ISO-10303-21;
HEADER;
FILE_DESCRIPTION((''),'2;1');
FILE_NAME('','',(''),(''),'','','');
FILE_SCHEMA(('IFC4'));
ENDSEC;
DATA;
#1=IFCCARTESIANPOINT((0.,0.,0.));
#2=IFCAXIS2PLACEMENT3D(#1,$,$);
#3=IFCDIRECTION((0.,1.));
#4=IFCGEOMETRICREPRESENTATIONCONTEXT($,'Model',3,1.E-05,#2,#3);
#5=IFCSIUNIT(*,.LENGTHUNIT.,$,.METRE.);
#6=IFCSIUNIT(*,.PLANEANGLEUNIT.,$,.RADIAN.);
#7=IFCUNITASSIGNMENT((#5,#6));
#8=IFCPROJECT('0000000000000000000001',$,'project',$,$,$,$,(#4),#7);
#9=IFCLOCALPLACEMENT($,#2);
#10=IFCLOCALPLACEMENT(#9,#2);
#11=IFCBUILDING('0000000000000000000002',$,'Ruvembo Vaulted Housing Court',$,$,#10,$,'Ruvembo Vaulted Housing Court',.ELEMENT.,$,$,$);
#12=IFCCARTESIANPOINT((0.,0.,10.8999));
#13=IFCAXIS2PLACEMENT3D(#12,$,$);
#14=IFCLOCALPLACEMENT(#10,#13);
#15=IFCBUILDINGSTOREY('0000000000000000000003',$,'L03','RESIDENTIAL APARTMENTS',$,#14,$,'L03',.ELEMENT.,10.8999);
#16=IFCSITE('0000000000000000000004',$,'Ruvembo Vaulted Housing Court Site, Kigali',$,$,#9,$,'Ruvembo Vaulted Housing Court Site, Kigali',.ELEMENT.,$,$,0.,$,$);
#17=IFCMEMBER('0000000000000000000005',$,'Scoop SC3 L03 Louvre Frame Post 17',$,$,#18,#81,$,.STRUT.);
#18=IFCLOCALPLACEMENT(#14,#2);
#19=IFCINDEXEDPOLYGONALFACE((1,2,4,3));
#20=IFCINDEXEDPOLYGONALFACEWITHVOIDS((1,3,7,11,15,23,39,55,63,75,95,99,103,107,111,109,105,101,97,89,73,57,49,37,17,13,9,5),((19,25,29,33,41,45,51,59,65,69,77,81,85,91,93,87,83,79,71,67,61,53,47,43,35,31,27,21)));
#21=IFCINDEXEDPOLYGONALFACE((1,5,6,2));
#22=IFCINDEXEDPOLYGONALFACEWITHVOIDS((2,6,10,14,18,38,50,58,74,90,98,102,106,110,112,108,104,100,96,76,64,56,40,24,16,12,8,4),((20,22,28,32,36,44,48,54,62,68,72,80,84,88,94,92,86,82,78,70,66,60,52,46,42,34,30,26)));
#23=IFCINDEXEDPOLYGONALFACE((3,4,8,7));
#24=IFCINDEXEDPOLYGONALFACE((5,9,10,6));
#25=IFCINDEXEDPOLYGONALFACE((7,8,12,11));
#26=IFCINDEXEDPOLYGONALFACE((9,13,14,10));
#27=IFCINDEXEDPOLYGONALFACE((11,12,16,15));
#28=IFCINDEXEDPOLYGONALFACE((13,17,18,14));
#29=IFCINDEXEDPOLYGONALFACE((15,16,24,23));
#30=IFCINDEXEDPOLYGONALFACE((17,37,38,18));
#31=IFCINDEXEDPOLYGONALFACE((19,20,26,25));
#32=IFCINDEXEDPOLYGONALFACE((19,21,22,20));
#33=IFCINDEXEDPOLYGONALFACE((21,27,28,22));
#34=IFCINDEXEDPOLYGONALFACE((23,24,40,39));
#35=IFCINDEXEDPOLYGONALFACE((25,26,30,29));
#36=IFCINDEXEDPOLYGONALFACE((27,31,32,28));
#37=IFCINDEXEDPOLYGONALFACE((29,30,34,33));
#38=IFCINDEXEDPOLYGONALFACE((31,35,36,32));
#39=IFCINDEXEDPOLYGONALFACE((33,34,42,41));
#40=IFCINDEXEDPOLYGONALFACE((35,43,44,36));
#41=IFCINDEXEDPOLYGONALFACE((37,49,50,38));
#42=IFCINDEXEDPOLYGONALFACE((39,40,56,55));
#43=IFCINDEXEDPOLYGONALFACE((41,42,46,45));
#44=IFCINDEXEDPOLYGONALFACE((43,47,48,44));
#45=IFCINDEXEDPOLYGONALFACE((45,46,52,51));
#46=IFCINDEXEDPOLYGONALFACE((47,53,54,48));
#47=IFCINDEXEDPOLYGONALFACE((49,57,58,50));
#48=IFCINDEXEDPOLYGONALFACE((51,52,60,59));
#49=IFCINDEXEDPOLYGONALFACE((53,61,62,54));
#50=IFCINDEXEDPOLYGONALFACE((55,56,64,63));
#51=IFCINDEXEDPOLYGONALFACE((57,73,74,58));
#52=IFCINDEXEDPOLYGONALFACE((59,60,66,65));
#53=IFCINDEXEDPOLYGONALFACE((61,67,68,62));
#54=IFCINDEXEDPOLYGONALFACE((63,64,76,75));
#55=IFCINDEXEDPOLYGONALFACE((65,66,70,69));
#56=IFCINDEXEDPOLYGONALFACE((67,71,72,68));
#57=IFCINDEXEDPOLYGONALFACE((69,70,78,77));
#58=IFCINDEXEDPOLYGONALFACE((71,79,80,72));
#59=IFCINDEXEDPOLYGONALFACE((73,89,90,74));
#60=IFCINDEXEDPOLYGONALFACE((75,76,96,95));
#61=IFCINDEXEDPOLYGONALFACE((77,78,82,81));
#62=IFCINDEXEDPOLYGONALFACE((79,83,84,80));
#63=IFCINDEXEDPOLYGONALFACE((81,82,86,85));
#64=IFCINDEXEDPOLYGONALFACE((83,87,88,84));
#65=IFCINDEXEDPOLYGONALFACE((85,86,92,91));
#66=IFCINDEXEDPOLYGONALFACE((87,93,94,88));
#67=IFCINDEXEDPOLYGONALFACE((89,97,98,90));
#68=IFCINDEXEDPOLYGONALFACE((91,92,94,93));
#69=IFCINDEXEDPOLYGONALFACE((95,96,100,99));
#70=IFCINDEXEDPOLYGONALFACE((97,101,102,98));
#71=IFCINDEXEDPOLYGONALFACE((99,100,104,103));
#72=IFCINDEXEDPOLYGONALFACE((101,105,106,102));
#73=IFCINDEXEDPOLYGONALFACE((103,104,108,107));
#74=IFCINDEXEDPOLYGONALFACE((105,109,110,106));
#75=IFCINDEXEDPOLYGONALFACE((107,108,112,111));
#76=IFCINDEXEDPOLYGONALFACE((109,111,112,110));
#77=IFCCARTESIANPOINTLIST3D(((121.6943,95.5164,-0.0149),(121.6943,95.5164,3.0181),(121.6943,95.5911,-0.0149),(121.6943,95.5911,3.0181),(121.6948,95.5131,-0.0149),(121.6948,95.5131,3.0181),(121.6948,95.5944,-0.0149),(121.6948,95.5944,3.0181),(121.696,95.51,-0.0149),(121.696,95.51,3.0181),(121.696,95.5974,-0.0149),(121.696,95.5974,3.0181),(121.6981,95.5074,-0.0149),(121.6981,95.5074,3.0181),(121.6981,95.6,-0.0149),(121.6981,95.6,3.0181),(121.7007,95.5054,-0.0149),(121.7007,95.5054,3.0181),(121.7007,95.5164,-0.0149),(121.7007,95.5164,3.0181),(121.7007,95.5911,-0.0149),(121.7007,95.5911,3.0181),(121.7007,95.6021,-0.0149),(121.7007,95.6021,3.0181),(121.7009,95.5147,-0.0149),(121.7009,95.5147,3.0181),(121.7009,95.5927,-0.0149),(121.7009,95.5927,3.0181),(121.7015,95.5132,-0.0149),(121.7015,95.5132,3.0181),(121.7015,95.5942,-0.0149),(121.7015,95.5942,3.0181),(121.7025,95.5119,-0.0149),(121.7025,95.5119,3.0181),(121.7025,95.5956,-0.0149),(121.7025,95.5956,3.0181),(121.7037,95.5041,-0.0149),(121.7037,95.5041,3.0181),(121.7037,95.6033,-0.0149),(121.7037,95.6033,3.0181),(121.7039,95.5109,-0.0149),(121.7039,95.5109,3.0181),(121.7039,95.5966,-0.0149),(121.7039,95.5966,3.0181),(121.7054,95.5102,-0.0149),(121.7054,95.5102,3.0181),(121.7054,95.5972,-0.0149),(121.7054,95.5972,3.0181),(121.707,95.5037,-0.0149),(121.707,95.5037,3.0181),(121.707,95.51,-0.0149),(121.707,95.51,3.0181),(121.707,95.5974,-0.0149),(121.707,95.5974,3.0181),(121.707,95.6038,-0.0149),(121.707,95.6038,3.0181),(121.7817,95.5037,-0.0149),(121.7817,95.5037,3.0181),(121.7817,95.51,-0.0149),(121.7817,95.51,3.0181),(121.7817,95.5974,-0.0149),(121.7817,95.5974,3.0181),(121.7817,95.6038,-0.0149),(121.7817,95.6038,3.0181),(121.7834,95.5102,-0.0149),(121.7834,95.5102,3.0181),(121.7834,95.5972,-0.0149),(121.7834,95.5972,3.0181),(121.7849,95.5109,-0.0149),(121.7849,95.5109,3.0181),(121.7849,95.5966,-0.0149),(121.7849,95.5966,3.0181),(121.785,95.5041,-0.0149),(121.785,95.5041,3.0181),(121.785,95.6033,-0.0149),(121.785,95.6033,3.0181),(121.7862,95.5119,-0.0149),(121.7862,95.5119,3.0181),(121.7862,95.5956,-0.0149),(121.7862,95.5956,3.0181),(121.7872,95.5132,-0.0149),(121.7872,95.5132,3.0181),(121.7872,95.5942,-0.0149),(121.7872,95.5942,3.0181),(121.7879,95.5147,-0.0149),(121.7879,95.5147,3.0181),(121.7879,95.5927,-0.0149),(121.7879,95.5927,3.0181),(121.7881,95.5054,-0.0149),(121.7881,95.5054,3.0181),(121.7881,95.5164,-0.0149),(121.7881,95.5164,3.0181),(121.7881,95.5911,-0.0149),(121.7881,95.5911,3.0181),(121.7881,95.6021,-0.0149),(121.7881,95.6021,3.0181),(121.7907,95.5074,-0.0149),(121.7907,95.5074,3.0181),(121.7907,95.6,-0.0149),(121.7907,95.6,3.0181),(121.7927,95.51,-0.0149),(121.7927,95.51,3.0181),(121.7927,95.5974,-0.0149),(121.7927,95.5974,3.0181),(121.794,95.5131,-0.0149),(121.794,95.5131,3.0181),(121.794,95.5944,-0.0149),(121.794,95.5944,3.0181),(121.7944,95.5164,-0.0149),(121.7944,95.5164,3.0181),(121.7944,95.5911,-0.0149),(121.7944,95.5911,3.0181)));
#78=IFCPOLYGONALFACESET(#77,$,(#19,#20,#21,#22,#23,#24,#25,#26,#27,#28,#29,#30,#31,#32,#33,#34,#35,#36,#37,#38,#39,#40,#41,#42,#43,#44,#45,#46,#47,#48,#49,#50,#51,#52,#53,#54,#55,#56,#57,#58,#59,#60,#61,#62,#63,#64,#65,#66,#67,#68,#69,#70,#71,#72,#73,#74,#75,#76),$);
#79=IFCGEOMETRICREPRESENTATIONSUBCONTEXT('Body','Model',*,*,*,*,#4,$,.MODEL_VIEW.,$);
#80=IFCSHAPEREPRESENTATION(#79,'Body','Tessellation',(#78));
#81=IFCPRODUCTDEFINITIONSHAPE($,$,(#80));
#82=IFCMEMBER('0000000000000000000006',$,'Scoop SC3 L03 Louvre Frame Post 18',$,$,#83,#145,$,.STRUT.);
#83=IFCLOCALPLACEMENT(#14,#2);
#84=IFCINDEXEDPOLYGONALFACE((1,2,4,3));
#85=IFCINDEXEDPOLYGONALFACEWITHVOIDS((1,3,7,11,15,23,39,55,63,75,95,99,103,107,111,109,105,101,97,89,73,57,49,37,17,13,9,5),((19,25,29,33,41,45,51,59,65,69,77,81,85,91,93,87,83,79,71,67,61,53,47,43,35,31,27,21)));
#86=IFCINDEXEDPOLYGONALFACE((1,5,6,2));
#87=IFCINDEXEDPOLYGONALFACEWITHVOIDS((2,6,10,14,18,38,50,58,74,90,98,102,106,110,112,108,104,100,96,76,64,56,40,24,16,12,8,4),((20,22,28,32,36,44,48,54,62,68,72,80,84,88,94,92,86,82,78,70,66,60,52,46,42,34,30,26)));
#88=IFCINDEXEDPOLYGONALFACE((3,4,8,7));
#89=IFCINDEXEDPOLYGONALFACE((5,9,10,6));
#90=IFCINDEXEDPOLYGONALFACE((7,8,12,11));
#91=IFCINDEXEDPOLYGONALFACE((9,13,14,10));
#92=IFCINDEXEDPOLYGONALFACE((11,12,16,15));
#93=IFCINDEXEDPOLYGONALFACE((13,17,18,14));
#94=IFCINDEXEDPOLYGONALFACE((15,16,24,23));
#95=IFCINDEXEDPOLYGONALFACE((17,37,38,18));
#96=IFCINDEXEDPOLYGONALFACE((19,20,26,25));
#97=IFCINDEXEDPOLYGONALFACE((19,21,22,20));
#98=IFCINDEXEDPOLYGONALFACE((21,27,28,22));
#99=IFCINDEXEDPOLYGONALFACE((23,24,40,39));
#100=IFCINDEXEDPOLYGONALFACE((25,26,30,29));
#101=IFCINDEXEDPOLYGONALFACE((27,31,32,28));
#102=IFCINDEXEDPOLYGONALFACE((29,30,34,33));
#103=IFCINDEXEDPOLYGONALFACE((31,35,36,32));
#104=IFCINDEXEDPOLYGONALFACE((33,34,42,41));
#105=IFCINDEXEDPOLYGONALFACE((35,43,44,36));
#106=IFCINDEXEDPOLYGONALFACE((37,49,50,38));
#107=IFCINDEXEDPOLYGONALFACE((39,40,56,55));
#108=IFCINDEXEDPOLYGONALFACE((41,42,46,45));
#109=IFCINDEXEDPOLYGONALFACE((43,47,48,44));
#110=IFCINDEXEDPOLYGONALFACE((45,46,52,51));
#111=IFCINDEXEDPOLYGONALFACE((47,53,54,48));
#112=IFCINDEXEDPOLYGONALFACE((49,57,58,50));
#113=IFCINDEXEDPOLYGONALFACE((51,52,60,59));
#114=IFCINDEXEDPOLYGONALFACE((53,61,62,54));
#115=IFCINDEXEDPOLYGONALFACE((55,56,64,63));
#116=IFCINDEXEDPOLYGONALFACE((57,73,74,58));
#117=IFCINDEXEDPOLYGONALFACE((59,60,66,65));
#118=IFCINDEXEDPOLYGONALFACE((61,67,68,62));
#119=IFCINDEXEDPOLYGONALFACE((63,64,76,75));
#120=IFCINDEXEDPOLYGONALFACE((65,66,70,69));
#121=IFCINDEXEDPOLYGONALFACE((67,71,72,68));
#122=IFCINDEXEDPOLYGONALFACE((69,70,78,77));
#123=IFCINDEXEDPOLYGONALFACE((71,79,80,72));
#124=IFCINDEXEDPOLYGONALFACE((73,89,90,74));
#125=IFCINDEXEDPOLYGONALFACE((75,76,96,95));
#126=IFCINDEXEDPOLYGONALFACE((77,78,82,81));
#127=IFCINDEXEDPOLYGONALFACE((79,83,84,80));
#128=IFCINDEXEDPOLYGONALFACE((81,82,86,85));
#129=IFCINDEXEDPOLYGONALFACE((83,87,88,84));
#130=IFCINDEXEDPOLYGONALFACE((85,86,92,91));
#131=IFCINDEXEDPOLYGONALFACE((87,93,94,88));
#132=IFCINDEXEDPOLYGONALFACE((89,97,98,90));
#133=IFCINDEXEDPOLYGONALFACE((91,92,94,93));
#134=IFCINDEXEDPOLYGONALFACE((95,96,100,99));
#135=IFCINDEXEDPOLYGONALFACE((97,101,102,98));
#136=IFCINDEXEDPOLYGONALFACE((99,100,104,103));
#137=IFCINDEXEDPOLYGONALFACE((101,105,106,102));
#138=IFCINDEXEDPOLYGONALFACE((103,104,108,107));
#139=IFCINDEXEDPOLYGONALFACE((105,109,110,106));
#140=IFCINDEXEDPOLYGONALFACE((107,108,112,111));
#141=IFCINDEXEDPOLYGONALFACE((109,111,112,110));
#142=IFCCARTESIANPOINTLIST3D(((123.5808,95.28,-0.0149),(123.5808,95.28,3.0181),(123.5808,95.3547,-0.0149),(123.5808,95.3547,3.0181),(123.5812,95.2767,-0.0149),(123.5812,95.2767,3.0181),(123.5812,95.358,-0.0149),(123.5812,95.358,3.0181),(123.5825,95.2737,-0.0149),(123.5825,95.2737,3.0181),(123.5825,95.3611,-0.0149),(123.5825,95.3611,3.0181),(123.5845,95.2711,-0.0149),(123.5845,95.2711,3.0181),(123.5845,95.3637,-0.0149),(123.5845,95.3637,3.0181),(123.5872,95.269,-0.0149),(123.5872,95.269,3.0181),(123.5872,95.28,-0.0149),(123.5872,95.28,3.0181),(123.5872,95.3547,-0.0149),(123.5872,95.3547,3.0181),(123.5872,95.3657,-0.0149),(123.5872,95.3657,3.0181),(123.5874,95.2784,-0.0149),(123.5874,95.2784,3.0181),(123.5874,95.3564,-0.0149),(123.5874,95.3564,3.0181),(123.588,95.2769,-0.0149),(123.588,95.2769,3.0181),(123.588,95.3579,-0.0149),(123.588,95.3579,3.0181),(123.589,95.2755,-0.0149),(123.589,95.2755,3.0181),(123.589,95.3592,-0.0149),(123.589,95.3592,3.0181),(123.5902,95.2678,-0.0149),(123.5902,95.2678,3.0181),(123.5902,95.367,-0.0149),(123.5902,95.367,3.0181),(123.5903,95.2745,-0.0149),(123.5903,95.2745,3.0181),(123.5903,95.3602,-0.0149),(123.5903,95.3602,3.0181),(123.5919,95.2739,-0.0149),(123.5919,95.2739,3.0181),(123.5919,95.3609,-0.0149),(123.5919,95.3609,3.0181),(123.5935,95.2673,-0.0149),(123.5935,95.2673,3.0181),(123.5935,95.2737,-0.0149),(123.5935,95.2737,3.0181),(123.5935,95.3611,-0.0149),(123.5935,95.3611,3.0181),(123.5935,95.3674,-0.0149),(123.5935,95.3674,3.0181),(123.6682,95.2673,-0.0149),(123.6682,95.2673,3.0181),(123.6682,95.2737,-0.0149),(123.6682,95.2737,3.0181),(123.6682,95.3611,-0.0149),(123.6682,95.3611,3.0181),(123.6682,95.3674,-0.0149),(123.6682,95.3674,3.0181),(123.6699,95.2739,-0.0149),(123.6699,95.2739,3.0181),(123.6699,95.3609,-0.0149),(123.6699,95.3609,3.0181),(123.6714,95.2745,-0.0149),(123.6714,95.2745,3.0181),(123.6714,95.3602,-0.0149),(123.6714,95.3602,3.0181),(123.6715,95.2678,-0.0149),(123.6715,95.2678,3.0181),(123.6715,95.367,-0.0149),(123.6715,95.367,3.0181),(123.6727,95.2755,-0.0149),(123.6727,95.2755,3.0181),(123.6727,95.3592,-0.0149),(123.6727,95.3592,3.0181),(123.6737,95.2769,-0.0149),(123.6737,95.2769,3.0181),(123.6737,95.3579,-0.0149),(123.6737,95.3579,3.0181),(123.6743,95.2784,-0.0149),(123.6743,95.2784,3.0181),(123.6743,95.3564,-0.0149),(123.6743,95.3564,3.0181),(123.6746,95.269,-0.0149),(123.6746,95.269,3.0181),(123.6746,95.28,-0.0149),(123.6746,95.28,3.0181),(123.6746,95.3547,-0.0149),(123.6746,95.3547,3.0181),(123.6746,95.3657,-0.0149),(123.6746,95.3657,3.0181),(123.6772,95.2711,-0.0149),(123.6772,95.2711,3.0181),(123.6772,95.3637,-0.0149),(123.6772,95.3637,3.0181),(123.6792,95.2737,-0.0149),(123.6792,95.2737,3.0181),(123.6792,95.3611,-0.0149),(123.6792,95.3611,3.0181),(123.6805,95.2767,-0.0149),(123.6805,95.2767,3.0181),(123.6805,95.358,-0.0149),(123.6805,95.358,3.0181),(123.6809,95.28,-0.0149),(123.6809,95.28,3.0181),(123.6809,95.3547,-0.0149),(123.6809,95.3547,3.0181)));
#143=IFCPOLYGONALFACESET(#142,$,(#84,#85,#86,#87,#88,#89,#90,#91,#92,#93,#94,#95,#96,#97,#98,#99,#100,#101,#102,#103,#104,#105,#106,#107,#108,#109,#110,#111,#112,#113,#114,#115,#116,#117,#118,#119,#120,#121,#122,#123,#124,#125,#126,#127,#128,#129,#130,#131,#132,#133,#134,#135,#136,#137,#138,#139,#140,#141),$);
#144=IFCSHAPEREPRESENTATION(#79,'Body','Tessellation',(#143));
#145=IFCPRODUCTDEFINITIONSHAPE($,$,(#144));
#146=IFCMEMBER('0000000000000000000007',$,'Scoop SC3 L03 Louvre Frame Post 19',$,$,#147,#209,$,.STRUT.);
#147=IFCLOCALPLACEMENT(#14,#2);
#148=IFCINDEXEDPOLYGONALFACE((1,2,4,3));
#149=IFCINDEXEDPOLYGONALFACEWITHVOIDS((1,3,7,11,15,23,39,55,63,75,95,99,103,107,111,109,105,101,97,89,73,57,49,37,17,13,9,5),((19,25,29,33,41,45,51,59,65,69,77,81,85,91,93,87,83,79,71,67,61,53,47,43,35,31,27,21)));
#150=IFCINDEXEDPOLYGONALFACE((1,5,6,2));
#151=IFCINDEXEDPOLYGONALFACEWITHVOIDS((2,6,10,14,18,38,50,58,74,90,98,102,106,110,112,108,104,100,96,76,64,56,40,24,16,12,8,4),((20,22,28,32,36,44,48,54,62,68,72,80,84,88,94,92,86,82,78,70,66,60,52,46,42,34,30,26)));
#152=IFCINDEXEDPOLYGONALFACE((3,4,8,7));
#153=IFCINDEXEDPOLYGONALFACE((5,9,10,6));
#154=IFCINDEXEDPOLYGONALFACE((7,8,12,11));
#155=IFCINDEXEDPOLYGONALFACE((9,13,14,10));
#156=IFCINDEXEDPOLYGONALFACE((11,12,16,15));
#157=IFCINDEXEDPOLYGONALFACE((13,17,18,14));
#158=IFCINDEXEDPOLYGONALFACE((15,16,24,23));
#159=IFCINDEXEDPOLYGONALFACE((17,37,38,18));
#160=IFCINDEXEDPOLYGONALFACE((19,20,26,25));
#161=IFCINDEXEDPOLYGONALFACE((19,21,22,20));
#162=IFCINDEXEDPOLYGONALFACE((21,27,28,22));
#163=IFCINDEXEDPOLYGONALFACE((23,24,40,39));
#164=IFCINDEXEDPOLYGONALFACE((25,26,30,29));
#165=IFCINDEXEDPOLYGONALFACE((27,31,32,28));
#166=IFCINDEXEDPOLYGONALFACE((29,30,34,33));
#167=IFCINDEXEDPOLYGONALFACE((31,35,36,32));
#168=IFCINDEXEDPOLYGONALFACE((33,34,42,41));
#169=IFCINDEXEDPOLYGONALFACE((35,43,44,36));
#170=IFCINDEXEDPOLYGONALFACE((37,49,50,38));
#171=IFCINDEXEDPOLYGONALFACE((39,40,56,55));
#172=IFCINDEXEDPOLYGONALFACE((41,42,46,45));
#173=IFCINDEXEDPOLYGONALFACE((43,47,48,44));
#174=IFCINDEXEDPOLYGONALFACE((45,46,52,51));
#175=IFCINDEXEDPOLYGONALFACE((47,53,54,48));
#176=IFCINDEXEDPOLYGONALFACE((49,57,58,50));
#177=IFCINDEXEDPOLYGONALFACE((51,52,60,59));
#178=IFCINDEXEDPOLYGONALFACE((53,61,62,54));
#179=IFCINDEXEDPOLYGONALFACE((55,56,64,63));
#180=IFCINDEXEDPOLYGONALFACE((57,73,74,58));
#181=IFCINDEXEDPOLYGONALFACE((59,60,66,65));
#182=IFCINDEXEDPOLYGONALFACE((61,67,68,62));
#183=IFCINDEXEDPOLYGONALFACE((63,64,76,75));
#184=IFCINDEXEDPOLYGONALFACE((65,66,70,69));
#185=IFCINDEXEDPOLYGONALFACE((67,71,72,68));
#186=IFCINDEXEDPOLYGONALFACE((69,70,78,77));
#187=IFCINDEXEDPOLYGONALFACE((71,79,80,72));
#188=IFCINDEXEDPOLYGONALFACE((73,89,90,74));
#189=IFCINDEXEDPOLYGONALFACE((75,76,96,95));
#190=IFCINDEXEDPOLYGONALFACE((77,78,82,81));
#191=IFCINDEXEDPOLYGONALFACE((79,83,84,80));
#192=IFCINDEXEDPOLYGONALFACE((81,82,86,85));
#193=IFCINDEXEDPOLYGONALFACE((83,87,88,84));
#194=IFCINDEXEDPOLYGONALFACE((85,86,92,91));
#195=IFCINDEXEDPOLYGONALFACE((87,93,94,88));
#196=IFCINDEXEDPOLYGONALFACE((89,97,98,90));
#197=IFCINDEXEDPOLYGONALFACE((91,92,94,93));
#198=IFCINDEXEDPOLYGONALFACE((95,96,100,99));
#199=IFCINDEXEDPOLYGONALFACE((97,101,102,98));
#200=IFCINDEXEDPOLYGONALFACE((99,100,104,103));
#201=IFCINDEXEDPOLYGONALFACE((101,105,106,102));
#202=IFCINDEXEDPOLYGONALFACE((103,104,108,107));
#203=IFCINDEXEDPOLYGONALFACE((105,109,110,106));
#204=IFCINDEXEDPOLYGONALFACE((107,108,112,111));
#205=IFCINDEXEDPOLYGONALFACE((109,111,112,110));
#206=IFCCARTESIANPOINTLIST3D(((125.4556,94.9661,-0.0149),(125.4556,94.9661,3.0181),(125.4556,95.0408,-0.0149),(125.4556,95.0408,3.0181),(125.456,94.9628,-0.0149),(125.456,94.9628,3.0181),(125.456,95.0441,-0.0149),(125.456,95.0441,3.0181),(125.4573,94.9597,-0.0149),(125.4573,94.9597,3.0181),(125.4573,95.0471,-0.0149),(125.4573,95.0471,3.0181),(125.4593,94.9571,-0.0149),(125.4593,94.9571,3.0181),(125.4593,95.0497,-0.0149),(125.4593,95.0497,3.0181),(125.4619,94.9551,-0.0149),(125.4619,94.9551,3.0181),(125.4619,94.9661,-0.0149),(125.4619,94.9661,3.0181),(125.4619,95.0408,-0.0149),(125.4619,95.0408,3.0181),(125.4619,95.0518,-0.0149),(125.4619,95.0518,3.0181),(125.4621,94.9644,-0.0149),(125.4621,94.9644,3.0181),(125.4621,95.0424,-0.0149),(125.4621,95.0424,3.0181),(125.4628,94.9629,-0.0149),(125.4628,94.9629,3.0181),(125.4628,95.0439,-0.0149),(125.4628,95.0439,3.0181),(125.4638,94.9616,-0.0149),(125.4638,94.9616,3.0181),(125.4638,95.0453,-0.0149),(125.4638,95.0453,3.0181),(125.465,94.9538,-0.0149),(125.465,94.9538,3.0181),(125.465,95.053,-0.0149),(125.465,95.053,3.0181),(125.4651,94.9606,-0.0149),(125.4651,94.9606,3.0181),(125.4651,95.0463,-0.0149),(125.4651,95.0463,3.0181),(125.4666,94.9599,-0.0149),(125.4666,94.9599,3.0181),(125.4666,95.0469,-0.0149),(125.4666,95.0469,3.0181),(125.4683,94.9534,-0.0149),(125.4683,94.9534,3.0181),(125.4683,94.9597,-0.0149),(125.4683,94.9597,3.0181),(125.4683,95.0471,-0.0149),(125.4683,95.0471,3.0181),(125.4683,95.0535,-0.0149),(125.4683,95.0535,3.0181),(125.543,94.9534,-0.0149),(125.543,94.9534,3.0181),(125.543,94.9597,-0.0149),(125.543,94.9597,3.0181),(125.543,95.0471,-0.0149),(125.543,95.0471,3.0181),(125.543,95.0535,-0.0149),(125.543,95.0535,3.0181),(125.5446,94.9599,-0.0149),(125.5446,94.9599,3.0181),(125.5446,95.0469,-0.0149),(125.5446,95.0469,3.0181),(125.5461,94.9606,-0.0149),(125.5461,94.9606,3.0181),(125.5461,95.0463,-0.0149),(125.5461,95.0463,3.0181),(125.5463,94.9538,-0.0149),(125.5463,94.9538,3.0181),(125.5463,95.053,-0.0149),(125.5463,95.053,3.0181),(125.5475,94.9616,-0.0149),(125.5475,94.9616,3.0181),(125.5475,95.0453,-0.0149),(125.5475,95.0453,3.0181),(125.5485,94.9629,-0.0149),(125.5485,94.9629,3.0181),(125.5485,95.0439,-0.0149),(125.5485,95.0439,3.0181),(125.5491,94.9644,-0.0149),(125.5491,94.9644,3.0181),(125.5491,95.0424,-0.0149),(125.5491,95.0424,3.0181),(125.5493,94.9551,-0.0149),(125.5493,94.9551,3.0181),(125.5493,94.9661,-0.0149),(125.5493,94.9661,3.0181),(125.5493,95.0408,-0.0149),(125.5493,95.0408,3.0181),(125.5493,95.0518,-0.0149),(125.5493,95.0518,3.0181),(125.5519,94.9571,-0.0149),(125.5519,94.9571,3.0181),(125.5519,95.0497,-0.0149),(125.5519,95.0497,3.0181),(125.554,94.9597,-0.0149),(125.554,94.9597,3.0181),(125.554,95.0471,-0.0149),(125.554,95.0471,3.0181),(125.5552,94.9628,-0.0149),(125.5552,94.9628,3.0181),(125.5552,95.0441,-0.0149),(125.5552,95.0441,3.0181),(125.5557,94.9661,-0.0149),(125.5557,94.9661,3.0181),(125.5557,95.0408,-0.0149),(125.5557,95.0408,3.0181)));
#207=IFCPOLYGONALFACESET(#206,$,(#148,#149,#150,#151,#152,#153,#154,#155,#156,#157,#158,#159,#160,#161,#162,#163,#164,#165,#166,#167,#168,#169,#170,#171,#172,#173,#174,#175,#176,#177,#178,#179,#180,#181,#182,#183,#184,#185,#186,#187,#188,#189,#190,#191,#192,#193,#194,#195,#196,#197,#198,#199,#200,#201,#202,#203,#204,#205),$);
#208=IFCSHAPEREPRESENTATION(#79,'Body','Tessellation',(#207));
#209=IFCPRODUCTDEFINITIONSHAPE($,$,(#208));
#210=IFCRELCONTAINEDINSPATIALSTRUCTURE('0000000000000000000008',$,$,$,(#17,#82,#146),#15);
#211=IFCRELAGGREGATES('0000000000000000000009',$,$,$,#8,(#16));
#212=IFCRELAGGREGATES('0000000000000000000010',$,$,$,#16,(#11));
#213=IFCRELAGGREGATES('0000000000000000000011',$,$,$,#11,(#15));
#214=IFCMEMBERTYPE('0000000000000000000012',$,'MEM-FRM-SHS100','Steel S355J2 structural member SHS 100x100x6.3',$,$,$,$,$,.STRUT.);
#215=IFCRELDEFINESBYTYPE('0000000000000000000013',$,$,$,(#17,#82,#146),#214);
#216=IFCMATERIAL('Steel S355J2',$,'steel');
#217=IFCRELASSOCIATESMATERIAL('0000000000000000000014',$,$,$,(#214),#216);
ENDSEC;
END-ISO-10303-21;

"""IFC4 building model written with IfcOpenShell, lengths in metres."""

from ifc_helpers import new_model, si_unit, direction, frame, origin, origin_2d, place, context, subcontext, project, spatial, hollow_rectangle, extrude, material, material_profile, profile_set, type_object, element, save


model = new_model("IFC4")

# Units and contexts
model_context = context("Model", 3, precision=1e-05, world=origin(), true_north=direction((0.0, 1.0)))
body_context = subcontext(model_context, "Body", "Model", "MODEL_VIEW")
ifc_project = project(units=[si_unit("LENGTHUNIT", "METRE"), si_unit("PLANEANGLEUNIT", "RADIAN")], contexts=[model_context])

# Site, building, storey
site_placement = place(None, origin())
site = spatial("IfcSite", under=ifc_project, at=site_placement, Name="Ruvembo Vaulted Housing Court Site, Kigali", LongName="Ruvembo Vaulted Housing Court Site, Kigali", CompositionType="ELEMENT", RefElevation=0.0)
building_placement = place(site_placement, origin())
building = spatial("IfcBuilding", under=site, at=building_placement, Name="Ruvembo Vaulted Housing Court", LongName="Ruvembo Vaulted Housing Court", CompositionType="ELEMENT")
storey_placement = place(building_placement, frame((0.0, 0.0, 10.8999)))
storey = spatial("IfcBuildingStorey", under=building, at=storey_placement, Name="L03", Description="RESIDENTIAL APARTMENTS", LongName="L03", CompositionType="ELEMENT", Elevation=10.8999)

# Shared definitions
ifc_material_1 = material(Name="Steel S355J2", Category="steel")

# Members
ifc_material_profile_1 = material_profile(ifc_material_1, hollow_rectangle(XDim=0.1001, YDim=0.1001, WallThickness=0.0063, InnerFilletRadius=0.0063, OuterFilletRadius=0.0127, at=origin_2d()), Name="SHS 100x100x6.3")
ifc_profile_set_1 = profile_set([ifc_material_profile_1], Name="Steel S355J2")
member_type_1 = type_object("IfcMemberType", Name="MEM-FRM-SHS100", Description="Steel S355J2 structural member SHS 100x100x6.3", PredefinedType="STRUT", material=ifc_profile_set_1)
for number, where, z_axis, x_axis, name in (
    (1, (121.7444, 95.5537, -0.0149), (0.0, 0.0, 1.0), (1.0, 0.0, 0.0), "Scoop SC3 L03 Louvre Frame Post 17"),
    (2, (123.6309, 95.3174, -0.0149), (0.0, 0.0, 1.0), (1.0, 0.0, 0.0), "Scoop SC3 L03 Louvre Frame Post 18"),
    (3, (125.5056, 95.0034, -0.0149), (0.0, 0.0, 1.0), (1.0, 0.0, 0.0), "Scoop SC3 L03 Louvre Frame Post 19"),
):
    element("IfcMember", number, at=place(storey_placement, frame(where, z_axis=z_axis, x_axis=x_axis)), inside=storey, type_object=member_type_1, Name=name, PredefinedType="STRUT", context=body_context, shape_type="SweptSolid", body=[
        extrude(hollow_rectangle(XDim=0.1001, YDim=0.1001, WallThickness=0.0063, InnerFilletRadius=0.0063, OuterFilletRadius=0.0127, at=origin_2d()), origin(), (0.0, 0.0, 1.0), 3.033),
    ])

save(model, "model.ifc")
